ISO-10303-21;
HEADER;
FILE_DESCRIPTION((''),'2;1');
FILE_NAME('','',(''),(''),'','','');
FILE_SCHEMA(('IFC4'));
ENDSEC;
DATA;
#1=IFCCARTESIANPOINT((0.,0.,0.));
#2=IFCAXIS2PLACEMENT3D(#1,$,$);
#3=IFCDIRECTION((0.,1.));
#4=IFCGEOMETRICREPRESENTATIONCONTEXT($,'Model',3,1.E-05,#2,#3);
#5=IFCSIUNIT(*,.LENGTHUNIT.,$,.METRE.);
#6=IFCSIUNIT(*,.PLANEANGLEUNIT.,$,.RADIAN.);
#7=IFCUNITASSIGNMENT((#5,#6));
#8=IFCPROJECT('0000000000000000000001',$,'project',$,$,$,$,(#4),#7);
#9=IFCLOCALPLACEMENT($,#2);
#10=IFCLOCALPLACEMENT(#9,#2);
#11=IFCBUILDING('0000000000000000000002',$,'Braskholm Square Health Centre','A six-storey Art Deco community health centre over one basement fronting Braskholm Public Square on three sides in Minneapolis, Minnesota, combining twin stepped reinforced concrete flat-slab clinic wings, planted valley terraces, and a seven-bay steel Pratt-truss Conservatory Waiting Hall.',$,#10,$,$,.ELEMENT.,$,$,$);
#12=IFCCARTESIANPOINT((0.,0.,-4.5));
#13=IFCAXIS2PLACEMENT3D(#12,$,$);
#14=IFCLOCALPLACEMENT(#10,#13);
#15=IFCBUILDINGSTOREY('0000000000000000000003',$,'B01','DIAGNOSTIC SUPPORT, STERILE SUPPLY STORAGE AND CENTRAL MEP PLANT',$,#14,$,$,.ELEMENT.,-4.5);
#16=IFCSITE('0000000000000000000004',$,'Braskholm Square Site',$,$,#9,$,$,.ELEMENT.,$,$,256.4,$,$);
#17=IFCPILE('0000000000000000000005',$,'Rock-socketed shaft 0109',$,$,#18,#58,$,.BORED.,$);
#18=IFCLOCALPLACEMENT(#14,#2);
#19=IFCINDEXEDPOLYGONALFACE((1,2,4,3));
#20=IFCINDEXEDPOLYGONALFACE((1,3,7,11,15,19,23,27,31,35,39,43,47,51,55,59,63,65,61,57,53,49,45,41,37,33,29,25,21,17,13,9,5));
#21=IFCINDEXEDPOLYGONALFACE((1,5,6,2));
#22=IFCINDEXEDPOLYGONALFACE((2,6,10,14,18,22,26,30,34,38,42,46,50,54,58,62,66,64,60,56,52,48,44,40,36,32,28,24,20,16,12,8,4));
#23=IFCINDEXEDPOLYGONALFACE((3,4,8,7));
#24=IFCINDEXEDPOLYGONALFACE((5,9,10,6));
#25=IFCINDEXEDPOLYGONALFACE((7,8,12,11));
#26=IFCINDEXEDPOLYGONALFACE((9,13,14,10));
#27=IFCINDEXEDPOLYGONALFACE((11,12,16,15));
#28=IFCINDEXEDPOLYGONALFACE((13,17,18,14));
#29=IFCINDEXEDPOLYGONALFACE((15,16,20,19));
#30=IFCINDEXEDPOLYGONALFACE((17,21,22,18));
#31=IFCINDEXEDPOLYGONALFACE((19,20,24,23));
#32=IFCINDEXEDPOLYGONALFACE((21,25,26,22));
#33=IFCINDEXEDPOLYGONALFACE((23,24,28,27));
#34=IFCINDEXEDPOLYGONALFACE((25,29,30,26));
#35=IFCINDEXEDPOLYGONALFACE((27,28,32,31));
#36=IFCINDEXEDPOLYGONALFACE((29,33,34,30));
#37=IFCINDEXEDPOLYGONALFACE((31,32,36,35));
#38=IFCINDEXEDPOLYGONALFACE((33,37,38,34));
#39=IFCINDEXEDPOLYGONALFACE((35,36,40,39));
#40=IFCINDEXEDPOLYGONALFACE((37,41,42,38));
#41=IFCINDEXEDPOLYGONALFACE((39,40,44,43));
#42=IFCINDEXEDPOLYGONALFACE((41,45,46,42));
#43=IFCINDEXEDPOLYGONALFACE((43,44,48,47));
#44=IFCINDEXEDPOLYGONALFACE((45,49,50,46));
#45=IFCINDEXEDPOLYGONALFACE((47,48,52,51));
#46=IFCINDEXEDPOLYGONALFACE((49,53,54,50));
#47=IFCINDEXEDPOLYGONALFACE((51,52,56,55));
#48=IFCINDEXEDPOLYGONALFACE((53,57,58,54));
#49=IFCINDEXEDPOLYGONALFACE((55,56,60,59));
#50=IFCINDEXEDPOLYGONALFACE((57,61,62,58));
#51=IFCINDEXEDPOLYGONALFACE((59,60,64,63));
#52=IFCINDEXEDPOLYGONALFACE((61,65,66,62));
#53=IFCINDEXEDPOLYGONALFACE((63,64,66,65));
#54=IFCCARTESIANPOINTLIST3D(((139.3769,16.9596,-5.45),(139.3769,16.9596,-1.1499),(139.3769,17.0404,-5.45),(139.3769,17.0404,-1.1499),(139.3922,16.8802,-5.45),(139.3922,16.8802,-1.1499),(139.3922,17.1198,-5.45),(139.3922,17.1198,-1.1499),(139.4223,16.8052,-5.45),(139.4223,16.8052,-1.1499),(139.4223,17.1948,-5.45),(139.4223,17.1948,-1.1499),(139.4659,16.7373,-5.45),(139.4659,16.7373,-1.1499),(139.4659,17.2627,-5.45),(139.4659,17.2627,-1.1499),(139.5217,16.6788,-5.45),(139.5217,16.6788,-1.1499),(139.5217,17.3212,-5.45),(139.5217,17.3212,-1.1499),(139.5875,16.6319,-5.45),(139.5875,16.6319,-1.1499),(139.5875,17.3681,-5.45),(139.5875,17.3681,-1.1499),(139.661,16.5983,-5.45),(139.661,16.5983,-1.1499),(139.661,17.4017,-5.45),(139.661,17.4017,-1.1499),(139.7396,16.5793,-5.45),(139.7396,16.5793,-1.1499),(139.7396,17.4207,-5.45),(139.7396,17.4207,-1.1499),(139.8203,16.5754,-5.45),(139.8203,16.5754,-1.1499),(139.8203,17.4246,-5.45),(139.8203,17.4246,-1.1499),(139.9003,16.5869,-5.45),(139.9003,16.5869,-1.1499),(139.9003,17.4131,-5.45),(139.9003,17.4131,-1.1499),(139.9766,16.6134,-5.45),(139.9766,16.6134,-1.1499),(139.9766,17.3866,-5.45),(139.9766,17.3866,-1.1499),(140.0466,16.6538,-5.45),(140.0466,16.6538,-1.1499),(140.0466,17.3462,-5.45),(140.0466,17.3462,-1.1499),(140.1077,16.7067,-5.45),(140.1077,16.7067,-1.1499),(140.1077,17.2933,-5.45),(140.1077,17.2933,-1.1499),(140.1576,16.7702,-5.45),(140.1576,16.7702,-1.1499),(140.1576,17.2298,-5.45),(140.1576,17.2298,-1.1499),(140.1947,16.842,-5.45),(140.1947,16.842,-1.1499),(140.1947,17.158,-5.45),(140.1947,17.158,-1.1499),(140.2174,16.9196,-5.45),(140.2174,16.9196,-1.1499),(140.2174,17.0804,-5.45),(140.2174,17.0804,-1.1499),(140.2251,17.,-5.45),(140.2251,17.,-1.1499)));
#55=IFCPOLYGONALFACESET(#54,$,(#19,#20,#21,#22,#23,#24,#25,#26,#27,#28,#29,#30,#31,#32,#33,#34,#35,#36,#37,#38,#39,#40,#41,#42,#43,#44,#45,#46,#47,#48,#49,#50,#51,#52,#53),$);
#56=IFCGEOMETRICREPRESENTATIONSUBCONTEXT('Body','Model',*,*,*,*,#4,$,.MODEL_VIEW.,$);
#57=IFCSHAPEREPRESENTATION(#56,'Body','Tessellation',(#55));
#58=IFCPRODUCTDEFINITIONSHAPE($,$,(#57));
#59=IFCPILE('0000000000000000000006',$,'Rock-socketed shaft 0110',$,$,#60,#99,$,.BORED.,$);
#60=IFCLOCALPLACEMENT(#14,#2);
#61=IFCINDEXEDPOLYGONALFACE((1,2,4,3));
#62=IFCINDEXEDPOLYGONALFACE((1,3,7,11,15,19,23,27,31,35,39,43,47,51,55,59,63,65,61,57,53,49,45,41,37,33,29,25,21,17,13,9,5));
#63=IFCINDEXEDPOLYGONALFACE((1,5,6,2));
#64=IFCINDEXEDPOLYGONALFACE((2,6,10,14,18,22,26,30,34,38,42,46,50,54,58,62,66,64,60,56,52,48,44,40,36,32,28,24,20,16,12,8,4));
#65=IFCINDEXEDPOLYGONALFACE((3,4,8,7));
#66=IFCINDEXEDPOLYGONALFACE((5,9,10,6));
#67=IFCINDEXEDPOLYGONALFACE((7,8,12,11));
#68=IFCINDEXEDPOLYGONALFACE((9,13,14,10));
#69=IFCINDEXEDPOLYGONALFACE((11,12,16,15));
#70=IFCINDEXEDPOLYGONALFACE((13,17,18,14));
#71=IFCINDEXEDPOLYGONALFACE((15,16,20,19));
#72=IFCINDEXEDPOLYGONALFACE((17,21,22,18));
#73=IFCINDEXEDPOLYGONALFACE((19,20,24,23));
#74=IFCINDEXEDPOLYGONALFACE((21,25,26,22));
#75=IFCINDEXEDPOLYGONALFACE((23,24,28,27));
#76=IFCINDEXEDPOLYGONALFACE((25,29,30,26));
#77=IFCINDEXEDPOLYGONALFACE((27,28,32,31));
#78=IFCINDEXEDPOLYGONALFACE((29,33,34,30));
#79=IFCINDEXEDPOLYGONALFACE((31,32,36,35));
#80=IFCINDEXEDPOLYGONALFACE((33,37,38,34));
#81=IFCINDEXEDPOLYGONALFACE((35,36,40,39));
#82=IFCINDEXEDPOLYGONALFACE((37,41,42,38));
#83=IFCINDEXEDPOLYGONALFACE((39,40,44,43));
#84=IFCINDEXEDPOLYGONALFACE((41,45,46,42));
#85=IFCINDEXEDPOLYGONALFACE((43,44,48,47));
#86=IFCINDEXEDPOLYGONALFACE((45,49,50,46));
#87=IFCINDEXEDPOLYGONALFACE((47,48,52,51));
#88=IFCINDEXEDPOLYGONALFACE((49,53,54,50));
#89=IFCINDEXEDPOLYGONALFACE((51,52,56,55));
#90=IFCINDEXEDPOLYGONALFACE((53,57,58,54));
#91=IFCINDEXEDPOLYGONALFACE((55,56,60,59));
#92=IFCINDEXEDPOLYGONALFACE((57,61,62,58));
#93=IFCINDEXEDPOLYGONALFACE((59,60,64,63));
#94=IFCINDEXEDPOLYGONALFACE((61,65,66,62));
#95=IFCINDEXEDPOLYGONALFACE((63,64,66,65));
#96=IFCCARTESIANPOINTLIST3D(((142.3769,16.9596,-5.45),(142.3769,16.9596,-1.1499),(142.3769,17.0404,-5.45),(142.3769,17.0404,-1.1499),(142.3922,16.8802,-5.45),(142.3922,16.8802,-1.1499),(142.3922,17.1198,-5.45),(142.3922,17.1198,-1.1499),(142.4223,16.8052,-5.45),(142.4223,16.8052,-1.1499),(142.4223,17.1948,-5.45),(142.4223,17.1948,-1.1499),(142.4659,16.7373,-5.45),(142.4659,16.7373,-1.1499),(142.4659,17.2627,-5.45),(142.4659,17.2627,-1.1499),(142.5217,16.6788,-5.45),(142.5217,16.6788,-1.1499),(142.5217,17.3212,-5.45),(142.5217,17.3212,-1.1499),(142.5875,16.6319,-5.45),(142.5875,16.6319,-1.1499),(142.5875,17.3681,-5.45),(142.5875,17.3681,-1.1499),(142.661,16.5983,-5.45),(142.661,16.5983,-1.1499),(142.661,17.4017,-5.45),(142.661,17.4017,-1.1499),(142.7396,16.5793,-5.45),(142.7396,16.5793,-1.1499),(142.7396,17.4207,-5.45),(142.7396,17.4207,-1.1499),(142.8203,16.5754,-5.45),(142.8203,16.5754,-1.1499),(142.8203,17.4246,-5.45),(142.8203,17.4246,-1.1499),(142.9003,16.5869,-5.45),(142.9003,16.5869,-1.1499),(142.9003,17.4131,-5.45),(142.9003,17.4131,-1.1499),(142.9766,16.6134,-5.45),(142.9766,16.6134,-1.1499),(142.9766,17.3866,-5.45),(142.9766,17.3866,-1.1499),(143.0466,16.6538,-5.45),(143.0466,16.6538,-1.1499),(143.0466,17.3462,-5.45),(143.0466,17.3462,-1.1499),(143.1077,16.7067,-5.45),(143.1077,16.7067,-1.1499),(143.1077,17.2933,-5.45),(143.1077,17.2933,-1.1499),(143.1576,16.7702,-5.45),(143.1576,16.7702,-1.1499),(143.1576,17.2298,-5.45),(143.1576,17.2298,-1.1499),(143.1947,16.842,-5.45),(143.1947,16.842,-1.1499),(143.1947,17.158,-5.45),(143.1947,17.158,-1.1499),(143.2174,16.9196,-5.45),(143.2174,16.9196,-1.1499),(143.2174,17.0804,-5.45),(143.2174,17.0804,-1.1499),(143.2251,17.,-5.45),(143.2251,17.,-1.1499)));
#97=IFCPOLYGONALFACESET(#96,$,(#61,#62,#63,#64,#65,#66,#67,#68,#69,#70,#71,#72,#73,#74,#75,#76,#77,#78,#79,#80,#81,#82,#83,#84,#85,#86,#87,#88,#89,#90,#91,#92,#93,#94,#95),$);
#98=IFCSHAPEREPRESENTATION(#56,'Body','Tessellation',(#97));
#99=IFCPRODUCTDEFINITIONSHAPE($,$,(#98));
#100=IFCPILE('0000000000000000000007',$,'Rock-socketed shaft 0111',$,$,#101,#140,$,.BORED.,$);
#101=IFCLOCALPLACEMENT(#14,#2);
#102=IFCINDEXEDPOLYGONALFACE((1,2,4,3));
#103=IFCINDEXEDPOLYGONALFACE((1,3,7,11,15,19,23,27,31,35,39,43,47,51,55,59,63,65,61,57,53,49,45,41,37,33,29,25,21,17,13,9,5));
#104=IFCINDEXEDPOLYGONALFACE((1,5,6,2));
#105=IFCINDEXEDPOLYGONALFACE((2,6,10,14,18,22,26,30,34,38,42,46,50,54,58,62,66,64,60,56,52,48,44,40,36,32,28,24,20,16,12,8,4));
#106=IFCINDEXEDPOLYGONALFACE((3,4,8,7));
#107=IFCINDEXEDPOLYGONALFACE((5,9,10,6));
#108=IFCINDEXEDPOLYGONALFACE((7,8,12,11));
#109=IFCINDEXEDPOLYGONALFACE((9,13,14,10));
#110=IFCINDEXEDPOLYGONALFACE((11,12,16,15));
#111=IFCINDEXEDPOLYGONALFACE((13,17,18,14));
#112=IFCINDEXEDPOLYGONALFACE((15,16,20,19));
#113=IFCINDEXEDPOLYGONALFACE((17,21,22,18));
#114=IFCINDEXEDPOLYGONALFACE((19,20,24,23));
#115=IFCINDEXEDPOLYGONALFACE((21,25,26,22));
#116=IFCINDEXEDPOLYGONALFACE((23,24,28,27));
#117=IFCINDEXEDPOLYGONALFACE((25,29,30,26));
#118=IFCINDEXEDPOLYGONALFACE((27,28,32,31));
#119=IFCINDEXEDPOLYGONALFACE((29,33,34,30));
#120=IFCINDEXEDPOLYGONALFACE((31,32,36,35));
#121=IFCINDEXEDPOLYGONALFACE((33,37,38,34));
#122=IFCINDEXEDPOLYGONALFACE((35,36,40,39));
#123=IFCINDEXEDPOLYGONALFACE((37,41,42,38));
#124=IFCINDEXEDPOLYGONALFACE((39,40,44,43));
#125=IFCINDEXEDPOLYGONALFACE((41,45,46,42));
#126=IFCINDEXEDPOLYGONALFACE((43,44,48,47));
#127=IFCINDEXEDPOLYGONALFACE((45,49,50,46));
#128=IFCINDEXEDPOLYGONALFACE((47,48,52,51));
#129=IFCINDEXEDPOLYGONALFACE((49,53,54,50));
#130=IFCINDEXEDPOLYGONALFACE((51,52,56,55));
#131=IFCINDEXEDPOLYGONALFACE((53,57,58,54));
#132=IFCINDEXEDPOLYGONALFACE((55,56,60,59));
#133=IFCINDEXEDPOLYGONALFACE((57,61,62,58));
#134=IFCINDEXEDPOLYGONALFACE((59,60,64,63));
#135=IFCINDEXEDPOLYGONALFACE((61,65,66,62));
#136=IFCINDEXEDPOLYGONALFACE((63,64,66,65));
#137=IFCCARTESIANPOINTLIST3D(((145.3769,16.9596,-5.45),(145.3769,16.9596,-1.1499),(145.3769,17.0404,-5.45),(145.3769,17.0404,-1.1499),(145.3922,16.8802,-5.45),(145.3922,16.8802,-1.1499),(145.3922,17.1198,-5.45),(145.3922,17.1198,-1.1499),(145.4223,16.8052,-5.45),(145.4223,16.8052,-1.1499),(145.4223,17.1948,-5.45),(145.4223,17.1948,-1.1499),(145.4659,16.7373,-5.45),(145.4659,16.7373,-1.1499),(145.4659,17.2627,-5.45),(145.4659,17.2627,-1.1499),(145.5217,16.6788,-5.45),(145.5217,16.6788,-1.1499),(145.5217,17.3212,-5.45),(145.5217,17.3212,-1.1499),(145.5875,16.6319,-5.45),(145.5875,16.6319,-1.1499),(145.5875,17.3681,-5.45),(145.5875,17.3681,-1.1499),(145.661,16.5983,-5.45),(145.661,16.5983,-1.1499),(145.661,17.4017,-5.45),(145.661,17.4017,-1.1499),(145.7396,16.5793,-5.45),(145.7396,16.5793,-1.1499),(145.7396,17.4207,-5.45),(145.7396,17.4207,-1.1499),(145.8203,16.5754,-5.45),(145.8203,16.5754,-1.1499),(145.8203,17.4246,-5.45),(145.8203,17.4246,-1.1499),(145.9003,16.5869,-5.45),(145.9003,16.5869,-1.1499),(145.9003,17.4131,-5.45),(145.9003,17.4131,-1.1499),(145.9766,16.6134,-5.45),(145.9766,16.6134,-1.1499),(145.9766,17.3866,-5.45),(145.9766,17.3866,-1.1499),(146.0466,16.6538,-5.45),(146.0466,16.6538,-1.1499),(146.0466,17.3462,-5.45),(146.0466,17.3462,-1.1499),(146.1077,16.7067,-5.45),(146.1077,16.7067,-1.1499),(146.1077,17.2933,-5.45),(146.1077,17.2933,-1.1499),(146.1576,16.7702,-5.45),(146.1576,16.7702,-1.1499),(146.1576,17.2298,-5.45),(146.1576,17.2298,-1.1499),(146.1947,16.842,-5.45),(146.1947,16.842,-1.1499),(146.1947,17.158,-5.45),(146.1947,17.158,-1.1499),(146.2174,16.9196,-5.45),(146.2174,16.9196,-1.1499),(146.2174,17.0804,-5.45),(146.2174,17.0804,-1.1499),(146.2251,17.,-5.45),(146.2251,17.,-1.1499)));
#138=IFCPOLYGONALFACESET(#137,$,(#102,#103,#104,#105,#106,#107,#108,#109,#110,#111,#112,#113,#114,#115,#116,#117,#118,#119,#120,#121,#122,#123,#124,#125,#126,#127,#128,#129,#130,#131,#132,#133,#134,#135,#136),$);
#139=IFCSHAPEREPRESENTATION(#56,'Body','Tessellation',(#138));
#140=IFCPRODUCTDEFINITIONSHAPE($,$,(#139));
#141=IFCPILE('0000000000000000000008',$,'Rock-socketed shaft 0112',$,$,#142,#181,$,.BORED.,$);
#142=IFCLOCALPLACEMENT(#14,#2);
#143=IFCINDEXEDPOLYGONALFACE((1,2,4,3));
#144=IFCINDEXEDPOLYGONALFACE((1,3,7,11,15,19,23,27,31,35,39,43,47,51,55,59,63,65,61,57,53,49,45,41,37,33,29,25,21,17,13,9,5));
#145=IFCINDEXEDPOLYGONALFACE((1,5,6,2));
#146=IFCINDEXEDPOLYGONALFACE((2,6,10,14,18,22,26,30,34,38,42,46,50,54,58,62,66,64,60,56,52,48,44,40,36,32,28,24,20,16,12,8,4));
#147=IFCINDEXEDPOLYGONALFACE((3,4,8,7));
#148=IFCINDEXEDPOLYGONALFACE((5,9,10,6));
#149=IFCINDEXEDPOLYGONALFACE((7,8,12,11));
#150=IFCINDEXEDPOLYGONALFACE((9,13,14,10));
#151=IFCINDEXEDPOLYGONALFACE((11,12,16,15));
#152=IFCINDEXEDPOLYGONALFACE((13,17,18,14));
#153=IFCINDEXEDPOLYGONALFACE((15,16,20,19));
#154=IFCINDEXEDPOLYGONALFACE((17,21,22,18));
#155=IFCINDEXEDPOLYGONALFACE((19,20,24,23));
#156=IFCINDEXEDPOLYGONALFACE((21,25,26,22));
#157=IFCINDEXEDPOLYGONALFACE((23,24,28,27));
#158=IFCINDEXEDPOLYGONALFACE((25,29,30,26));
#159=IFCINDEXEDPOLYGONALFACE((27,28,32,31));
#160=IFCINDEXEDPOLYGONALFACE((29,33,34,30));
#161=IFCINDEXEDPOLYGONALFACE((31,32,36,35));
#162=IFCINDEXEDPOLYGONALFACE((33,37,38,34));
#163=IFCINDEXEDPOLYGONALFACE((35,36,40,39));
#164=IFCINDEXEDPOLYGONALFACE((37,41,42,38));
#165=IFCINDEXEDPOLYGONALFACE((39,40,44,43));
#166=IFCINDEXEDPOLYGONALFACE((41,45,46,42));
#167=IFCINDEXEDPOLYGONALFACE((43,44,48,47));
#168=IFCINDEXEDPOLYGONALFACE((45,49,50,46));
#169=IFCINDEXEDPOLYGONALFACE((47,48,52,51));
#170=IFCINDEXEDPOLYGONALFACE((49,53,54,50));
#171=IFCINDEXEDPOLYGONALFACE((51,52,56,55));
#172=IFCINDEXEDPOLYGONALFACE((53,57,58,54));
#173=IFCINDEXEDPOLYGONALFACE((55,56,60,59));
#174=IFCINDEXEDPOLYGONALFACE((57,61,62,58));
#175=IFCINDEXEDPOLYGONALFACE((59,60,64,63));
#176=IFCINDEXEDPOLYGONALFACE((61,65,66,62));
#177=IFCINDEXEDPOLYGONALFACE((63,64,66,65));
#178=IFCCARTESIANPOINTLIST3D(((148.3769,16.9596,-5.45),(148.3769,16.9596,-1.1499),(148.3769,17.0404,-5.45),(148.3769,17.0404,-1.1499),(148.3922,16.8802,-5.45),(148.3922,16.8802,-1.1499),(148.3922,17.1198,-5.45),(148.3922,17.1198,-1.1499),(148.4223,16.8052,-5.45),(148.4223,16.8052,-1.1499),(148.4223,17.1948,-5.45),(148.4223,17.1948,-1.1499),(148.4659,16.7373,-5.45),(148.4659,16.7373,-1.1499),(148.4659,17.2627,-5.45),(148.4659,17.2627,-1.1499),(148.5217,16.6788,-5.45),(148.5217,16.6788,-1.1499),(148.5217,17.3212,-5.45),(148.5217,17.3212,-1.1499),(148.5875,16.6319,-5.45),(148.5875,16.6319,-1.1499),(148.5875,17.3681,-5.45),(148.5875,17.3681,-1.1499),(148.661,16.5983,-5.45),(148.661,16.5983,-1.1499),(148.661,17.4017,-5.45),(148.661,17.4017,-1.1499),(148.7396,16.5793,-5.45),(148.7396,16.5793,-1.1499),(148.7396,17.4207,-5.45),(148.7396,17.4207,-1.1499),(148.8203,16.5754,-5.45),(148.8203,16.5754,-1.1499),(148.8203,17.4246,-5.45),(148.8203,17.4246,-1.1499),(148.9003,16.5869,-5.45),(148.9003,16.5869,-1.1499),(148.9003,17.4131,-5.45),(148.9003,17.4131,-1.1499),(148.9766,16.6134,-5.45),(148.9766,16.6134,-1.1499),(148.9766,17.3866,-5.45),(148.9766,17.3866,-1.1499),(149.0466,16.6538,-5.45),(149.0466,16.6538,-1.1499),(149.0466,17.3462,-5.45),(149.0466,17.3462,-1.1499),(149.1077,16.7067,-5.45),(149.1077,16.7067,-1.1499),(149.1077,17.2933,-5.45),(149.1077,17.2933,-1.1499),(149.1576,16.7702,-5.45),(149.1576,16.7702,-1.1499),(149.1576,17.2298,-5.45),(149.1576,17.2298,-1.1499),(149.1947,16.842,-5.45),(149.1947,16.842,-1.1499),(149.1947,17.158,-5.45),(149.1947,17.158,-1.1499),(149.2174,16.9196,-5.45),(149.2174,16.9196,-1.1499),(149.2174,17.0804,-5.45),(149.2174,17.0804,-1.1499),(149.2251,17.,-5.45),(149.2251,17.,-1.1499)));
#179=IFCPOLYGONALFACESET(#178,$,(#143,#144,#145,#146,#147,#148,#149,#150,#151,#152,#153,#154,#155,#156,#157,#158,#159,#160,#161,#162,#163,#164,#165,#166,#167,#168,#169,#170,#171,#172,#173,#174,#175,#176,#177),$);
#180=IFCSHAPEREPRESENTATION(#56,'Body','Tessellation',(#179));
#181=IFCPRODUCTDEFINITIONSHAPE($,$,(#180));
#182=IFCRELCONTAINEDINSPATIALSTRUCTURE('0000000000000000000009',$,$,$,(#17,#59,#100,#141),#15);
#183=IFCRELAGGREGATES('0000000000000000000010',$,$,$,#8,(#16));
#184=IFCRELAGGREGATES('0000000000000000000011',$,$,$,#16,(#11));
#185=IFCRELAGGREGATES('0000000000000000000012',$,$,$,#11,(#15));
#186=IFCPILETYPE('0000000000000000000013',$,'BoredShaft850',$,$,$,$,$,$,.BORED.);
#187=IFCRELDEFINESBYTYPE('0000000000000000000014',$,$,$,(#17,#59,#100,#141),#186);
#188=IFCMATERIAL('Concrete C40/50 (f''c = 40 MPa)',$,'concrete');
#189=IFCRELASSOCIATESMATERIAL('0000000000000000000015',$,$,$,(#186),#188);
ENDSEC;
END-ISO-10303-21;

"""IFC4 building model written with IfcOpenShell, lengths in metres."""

from ifc_helpers import new_model, si_unit, direction, frame, origin, origin_2d, place, context, subcontext, project, spatial, circle, extrude, material, material_profile, profile_set, type_object, element, save


model = new_model("IFC4")

# Units and contexts
model_context = context("Model", 3, precision=1e-05, world=origin(), true_north=direction((0.0, 1.0)))
body_context = subcontext(model_context, "Body", "Model", "MODEL_VIEW")
ifc_project = project(units=[si_unit("LENGTHUNIT", "METRE"), si_unit("PLANEANGLEUNIT", "RADIAN")], contexts=[model_context])

# Site, building, storey
site_placement = place(None, origin())
site = spatial("IfcSite", under=ifc_project, at=site_placement, Name="Braskholm Square Site", CompositionType="ELEMENT", RefElevation=256.4)
building_placement = place(site_placement, origin())
building = spatial("IfcBuilding", under=site, at=building_placement, Name="Braskholm Square Health Centre", Description="A six-storey Art Deco community health centre over one basement fronting Braskholm Public Square on three sides in Minneapolis, Minnesota, combining twin stepped reinforced concrete flat-slab clinic wings, planted valley terraces, and a seven-bay steel Pratt-truss Conservatory Waiting Hall.", CompositionType="ELEMENT")
storey_placement = place(building_placement, frame((0.0, 0.0, -4.5)))
storey = spatial("IfcBuildingStorey", under=building, at=storey_placement, Name="B01", Description="DIAGNOSTIC SUPPORT, STERILE SUPPLY STORAGE AND CENTRAL MEP PLANT", CompositionType="ELEMENT", Elevation=-4.5)

# Piles
ifc_material_1 = material(Name="Concrete C40/50 (f'c = 40 MPa)", Category="concrete")
ifc_material_profile_1 = material_profile(ifc_material_1, circle(Radius=0.425, at=origin_2d()), Name="BORED-PILE-850")
ifc_profile_set_1 = profile_set([ifc_material_profile_1], Name="Concrete C40/50 (f'c = 40 MPa)")
pile_type_1 = type_object("IfcPileType", Name="BoredShaft850", PredefinedType="BORED", material=ifc_profile_set_1)
for number, where, z_axis, x_axis, name in (
    (1, (139.8, 17.0, -1.1499), (0.0, 0.0, -1.0), (1.0, 0.0, 0.0), "Rock-socketed shaft 0109"),
    (2, (142.8, 17.0, -1.1499), (0.0, 0.0, -1.0), (1.0, 0.0, 0.0), "Rock-socketed shaft 0110"),
    (3, (145.8, 17.0, -1.1499), (0.0, 0.0, -1.0), (1.0, 0.0, 0.0), "Rock-socketed shaft 0111"),
    (4, (148.8, 17.0, -1.1499), (0.0, 0.0, -1.0), (1.0, 0.0, 0.0), "Rock-socketed shaft 0112"),
):
    element("IfcPile", number, at=place(storey_placement, frame(where, z_axis=z_axis, x_axis=x_axis)), inside=storey, type_object=pile_type_1, Name=name, PredefinedType="BORED", context=body_context, shape_type="SweptSolid", body=[
        extrude(circle(Radius=0.425, at=origin_2d()), origin(), (0.0, 0.0, 1.0), 4.3),
    ])

save(model, "model.ifc")
